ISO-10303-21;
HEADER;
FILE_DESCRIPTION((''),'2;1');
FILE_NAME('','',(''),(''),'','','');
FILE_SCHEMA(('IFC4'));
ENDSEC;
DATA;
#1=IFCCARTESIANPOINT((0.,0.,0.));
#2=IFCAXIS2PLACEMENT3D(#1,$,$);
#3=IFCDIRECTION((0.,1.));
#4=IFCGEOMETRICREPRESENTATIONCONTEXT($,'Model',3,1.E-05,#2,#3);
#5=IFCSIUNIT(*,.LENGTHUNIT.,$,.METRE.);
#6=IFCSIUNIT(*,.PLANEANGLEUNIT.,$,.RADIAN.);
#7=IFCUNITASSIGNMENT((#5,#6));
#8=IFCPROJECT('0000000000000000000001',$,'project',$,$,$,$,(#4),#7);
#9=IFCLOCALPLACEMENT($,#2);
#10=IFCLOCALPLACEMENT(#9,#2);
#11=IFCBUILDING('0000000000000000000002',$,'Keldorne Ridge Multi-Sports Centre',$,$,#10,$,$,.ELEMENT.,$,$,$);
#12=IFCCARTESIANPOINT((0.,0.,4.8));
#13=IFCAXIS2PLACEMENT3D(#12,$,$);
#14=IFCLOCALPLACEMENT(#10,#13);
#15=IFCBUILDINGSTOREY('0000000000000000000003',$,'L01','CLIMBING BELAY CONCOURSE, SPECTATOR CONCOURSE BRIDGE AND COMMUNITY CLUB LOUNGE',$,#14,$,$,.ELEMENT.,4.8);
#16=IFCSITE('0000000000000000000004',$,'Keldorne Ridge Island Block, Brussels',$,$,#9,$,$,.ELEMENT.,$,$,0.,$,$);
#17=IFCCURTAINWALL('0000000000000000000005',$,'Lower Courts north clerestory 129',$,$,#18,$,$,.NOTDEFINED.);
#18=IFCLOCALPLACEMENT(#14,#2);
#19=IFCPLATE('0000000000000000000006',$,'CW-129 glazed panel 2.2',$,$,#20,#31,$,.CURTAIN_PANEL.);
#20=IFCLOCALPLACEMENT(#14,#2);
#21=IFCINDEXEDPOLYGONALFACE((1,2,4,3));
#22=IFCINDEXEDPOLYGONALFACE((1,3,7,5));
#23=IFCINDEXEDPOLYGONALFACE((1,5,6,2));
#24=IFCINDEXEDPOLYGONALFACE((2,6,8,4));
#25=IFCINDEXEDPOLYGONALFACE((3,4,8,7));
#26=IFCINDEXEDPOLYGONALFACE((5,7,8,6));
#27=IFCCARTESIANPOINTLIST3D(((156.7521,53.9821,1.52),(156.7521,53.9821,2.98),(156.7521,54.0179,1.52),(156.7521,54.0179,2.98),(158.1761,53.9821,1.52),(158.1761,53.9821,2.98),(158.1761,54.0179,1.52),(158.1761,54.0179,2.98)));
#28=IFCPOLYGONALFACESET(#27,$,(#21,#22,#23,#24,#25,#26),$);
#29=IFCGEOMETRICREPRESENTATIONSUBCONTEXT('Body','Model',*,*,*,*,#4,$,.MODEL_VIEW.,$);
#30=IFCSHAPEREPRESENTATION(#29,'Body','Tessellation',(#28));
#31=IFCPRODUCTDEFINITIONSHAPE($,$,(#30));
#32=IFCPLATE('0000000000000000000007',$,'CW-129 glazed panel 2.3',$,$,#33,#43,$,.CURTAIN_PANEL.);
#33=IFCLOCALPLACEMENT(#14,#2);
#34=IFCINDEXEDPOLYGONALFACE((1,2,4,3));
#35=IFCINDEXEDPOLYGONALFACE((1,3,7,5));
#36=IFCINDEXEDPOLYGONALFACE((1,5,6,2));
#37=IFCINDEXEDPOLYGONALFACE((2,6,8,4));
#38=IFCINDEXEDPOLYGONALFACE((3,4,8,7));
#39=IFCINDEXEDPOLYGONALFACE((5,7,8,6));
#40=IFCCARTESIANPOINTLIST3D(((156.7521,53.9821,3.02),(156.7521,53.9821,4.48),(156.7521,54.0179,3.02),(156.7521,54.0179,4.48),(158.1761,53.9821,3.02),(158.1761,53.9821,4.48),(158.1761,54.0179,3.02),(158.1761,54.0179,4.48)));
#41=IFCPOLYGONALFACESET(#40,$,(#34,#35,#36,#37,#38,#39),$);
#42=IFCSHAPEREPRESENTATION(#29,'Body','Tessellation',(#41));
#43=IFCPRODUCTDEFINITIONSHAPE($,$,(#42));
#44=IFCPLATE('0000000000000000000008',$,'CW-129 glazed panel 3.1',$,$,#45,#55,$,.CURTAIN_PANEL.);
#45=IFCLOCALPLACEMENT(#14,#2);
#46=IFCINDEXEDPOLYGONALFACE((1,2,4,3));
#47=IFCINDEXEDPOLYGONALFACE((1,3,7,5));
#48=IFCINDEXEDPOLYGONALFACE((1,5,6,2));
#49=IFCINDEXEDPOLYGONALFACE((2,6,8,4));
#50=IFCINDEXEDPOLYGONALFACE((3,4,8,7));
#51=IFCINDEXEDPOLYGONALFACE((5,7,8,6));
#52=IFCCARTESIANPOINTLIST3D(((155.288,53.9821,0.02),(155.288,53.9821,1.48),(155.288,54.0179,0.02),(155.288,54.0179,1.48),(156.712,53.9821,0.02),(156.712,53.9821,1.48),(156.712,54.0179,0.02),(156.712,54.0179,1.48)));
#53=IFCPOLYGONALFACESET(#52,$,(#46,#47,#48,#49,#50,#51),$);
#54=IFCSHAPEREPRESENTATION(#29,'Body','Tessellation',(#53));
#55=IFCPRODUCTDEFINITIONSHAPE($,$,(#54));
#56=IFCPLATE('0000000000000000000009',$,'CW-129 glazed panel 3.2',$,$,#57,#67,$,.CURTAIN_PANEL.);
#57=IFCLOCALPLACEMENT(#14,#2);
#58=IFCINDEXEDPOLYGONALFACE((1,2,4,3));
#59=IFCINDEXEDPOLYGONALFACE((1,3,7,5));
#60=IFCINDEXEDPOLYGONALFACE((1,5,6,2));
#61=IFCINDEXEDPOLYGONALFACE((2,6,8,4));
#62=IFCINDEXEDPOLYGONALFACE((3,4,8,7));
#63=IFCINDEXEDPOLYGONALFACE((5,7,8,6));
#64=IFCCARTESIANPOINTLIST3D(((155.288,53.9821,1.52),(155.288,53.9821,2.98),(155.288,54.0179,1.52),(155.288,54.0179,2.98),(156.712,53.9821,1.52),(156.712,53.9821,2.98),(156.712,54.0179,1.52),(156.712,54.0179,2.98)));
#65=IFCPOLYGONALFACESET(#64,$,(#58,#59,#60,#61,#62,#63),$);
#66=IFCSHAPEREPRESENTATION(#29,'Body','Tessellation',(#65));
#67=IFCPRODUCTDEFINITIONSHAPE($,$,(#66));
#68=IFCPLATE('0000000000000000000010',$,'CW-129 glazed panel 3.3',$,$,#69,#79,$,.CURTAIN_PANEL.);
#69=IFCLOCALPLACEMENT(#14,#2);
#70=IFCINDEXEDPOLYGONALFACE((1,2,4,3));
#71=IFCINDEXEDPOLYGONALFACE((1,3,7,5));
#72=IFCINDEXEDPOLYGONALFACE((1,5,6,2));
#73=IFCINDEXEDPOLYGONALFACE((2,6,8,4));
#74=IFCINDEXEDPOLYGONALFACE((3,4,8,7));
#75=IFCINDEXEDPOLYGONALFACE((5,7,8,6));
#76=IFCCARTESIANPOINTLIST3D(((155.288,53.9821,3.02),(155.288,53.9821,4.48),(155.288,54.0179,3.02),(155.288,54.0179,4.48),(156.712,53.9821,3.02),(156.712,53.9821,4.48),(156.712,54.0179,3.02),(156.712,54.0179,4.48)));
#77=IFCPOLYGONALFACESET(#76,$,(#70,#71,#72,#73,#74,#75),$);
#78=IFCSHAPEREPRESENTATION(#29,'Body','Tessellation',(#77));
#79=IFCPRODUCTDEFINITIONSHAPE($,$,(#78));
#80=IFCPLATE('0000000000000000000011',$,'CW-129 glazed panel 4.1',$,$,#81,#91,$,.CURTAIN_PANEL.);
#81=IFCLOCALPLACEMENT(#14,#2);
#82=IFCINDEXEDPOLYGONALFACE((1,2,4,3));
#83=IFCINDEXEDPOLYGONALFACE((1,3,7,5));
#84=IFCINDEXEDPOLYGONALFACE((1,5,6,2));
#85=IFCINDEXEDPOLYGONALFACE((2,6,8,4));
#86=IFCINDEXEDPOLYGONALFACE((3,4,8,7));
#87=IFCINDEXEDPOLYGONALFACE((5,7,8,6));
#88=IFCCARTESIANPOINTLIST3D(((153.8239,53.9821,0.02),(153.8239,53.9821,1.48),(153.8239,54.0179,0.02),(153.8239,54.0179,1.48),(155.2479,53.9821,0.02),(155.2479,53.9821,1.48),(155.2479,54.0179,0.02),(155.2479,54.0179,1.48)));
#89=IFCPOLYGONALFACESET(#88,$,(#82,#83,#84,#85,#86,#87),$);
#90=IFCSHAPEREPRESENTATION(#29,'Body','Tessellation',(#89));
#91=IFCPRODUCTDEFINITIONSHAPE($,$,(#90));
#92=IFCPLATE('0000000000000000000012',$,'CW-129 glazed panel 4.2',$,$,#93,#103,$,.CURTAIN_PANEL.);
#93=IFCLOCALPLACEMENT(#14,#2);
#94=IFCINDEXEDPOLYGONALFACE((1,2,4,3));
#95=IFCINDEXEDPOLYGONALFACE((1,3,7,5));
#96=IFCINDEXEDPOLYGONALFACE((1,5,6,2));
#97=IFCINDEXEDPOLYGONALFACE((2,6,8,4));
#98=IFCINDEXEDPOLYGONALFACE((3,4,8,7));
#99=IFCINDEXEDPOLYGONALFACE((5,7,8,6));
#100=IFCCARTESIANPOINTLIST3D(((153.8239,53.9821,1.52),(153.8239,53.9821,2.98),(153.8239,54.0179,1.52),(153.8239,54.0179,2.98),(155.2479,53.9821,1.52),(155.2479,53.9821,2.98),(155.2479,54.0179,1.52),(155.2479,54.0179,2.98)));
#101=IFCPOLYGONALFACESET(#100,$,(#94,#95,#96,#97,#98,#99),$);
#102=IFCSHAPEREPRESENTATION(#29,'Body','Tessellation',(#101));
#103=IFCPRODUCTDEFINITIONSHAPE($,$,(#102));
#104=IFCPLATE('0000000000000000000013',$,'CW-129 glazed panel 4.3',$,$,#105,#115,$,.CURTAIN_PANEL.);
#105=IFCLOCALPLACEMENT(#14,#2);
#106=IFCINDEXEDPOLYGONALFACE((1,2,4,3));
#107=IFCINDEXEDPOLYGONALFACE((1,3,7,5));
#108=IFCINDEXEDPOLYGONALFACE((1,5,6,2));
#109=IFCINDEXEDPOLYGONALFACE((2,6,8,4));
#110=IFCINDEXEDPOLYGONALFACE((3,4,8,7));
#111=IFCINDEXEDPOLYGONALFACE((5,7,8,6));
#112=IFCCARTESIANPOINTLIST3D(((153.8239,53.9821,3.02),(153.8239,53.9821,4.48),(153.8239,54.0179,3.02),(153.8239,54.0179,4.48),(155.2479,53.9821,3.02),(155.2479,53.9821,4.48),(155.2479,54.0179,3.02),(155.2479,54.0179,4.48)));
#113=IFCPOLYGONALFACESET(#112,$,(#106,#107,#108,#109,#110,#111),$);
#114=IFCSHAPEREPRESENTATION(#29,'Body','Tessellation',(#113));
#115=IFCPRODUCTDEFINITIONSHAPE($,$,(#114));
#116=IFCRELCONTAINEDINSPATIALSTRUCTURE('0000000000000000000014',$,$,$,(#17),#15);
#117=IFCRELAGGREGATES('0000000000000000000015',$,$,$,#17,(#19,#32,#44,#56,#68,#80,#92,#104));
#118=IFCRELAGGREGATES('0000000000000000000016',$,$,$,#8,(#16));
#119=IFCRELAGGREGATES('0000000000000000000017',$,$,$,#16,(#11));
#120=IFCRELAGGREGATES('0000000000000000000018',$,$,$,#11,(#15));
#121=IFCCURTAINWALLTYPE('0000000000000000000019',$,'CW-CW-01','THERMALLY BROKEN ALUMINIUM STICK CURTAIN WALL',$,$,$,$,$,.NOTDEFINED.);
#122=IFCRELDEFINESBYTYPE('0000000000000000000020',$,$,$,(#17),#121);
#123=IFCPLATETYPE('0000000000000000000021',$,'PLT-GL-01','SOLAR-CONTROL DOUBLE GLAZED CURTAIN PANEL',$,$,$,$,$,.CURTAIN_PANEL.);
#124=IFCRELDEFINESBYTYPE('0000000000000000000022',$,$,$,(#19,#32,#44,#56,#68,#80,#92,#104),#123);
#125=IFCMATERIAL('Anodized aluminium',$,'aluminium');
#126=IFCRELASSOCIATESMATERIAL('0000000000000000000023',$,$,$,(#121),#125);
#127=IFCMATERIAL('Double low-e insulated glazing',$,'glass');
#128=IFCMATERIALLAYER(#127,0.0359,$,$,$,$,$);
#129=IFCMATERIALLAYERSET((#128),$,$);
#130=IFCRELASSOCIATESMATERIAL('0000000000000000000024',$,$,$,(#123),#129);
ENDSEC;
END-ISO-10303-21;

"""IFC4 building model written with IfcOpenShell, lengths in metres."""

from ifc_helpers import new_model, si_unit, direction, frame, origin, origin_2d, place, context, subcontext, project, spatial, rectangle, extrude, material, layer, layer_set, type_object, element, aggregate, save


model = new_model("IFC4")

# Units and contexts
model_context = context("Model", 3, precision=1e-05, world=origin(), true_north=direction((0.0, 1.0)))
body_context = subcontext(model_context, "Body", "Model", "MODEL_VIEW")
ifc_project = project(units=[si_unit("LENGTHUNIT", "METRE"), si_unit("PLANEANGLEUNIT", "RADIAN")], contexts=[model_context])

# Site, building, storey
site_placement = place(None, origin())
site = spatial("IfcSite", under=ifc_project, at=site_placement, Name="Keldorne Ridge Island Block, Brussels", CompositionType="ELEMENT", RefElevation=0.0)
building_placement = place(site_placement, origin())
building = spatial("IfcBuilding", under=site, at=building_placement, Name="Keldorne Ridge Multi-Sports Centre", CompositionType="ELEMENT")
storey_placement = place(building_placement, frame((0.0, 0.0, 4.8)))
storey = spatial("IfcBuildingStorey", under=building, at=storey_placement, Name="L01", Description="CLIMBING BELAY CONCOURSE, SPECTATOR CONCOURSE BRIDGE AND COMMUNITY CLUB LOUNGE", CompositionType="ELEMENT", Elevation=4.8)

# Curtain wall, plates
ifc_material_1 = material(Name="Anodized aluminium", Category="aluminium")
curtain_wall_type = type_object("IfcCurtainWallType", Name="CW-CW-01", Description="THERMALLY BROKEN ALUMINIUM STICK CURTAIN WALL", PredefinedType="NOTDEFINED", material=ifc_material_1)
curtain_wall_placement = place(storey_placement, origin())
curtain_wall = element("IfcCurtainWall", 1, at=curtain_wall_placement, inside=storey, type_object=curtain_wall_type, Name="Lower Courts north clerestory 129", PredefinedType="NOTDEFINED")
ifc_material_2 = material(Name="Double low-e insulated glazing", Category="glass")
ifc_layer = layer(ifc_material_2, 0.0359)
ifc_layer_set = layer_set([ifc_layer])
plate_type = type_object("IfcPlateType", Name="PLT-GL-01", Description="SOLAR-CONTROL DOUBLE GLAZED CURTAIN PANEL", PredefinedType="CURTAIN_PANEL", material=ifc_layer_set)
plate_1_placement = place(storey_placement, frame((157.4641, 54.0, 1.52), z_axis=(0.0, 0.0, 1.0), x_axis=(-1.0, 0.0, 0.0)))
plate_1 = element("IfcPlate", 2, at=plate_1_placement, type_object=plate_type, Name="CW-129 glazed panel 2.2", PredefinedType="CURTAIN_PANEL", context=body_context, shape_type="SweptSolid", body=[
    extrude(rectangle(XDim=1.4241, YDim=0.0359, at=origin_2d()), origin(), (0.0, 0.0, 1.0), 1.46),
])
plate_2_placement = place(storey_placement, frame((157.4641, 54.0, 3.02), z_axis=(0.0, 0.0, 1.0), x_axis=(-1.0, 0.0, 0.0)))
plate_2 = element("IfcPlate", 3, at=plate_2_placement, type_object=plate_type, Name="CW-129 glazed panel 2.3", PredefinedType="CURTAIN_PANEL", context=body_context, shape_type="SweptSolid", body=[
    extrude(rectangle(XDim=1.4241, YDim=0.0359, at=origin_2d()), origin(), (0.0, 0.0, 1.0), 1.46),
])
plate_3_placement = place(storey_placement, frame((156.0, 54.0, 0.02), z_axis=(0.0, 0.0, 1.0), x_axis=(-1.0, 0.0, 0.0)))
plate_3 = element("IfcPlate", 4, at=plate_3_placement, type_object=plate_type, Name="CW-129 glazed panel 3.1", PredefinedType="CURTAIN_PANEL", context=body_context, shape_type="SweptSolid", body=[
    extrude(rectangle(XDim=1.4241, YDim=0.0359, at=origin_2d()), origin(), (0.0, 0.0, 1.0), 1.46),
])
plate_4_placement = place(storey_placement, frame((156.0, 54.0, 1.52), z_axis=(0.0, 0.0, 1.0), x_axis=(-1.0, 0.0, 0.0)))
plate_4 = element("IfcPlate", 5, at=plate_4_placement, type_object=plate_type, Name="CW-129 glazed panel 3.2", PredefinedType="CURTAIN_PANEL", context=body_context, shape_type="SweptSolid", body=[
    extrude(rectangle(XDim=1.4241, YDim=0.0359, at=origin_2d()), origin(), (0.0, 0.0, 1.0), 1.46),
])
plate_5_placement = place(storey_placement, frame((156.0, 54.0, 3.02), z_axis=(0.0, 0.0, 1.0), x_axis=(-1.0, 0.0, 0.0)))
plate_5 = element("IfcPlate", 6, at=plate_5_placement, type_object=plate_type, Name="CW-129 glazed panel 3.3", PredefinedType="CURTAIN_PANEL", context=body_context, shape_type="SweptSolid", body=[
    extrude(rectangle(XDim=1.4241, YDim=0.0359, at=origin_2d()), origin(), (0.0, 0.0, 1.0), 1.46),
])
plate_6_placement = place(storey_placement, frame((154.5359, 54.0, 0.02), z_axis=(0.0, 0.0, 1.0), x_axis=(-1.0, 0.0, 0.0)))
plate_6 = element("IfcPlate", 7, at=plate_6_placement, type_object=plate_type, Name="CW-129 glazed panel 4.1", PredefinedType="CURTAIN_PANEL", context=body_context, shape_type="SweptSolid", body=[
    extrude(rectangle(XDim=1.4241, YDim=0.0359, at=origin_2d()), origin(), (0.0, 0.0, 1.0), 1.46),
])
plate_7_placement = place(storey_placement, frame((154.5359, 54.0, 1.52), z_axis=(0.0, 0.0, 1.0), x_axis=(-1.0, 0.0, 0.0)))
plate_7 = element("IfcPlate", 8, at=plate_7_placement, type_object=plate_type, Name="CW-129 glazed panel 4.2", PredefinedType="CURTAIN_PANEL", context=body_context, shape_type="SweptSolid", body=[
    extrude(rectangle(XDim=1.4241, YDim=0.0359, at=origin_2d()), origin(), (0.0, 0.0, 1.0), 1.46),
])
plate_8_placement = place(storey_placement, frame((154.5359, 54.0, 3.02), z_axis=(0.0, 0.0, 1.0), x_axis=(-1.0, 0.0, 0.0)))
plate_8 = element("IfcPlate", 9, at=plate_8_placement, type_object=plate_type, Name="CW-129 glazed panel 4.3", PredefinedType="CURTAIN_PANEL", context=body_context, shape_type="SweptSolid", body=[
    extrude(rectangle(XDim=1.4241, YDim=0.0359, at=origin_2d()), origin(), (0.0, 0.0, 1.0), 1.46),
])
aggregate(curtain_wall, [plate_1, plate_2, plate_3, plate_4, plate_5, plate_6, plate_7, plate_8])

save(model, "model.ifc")
